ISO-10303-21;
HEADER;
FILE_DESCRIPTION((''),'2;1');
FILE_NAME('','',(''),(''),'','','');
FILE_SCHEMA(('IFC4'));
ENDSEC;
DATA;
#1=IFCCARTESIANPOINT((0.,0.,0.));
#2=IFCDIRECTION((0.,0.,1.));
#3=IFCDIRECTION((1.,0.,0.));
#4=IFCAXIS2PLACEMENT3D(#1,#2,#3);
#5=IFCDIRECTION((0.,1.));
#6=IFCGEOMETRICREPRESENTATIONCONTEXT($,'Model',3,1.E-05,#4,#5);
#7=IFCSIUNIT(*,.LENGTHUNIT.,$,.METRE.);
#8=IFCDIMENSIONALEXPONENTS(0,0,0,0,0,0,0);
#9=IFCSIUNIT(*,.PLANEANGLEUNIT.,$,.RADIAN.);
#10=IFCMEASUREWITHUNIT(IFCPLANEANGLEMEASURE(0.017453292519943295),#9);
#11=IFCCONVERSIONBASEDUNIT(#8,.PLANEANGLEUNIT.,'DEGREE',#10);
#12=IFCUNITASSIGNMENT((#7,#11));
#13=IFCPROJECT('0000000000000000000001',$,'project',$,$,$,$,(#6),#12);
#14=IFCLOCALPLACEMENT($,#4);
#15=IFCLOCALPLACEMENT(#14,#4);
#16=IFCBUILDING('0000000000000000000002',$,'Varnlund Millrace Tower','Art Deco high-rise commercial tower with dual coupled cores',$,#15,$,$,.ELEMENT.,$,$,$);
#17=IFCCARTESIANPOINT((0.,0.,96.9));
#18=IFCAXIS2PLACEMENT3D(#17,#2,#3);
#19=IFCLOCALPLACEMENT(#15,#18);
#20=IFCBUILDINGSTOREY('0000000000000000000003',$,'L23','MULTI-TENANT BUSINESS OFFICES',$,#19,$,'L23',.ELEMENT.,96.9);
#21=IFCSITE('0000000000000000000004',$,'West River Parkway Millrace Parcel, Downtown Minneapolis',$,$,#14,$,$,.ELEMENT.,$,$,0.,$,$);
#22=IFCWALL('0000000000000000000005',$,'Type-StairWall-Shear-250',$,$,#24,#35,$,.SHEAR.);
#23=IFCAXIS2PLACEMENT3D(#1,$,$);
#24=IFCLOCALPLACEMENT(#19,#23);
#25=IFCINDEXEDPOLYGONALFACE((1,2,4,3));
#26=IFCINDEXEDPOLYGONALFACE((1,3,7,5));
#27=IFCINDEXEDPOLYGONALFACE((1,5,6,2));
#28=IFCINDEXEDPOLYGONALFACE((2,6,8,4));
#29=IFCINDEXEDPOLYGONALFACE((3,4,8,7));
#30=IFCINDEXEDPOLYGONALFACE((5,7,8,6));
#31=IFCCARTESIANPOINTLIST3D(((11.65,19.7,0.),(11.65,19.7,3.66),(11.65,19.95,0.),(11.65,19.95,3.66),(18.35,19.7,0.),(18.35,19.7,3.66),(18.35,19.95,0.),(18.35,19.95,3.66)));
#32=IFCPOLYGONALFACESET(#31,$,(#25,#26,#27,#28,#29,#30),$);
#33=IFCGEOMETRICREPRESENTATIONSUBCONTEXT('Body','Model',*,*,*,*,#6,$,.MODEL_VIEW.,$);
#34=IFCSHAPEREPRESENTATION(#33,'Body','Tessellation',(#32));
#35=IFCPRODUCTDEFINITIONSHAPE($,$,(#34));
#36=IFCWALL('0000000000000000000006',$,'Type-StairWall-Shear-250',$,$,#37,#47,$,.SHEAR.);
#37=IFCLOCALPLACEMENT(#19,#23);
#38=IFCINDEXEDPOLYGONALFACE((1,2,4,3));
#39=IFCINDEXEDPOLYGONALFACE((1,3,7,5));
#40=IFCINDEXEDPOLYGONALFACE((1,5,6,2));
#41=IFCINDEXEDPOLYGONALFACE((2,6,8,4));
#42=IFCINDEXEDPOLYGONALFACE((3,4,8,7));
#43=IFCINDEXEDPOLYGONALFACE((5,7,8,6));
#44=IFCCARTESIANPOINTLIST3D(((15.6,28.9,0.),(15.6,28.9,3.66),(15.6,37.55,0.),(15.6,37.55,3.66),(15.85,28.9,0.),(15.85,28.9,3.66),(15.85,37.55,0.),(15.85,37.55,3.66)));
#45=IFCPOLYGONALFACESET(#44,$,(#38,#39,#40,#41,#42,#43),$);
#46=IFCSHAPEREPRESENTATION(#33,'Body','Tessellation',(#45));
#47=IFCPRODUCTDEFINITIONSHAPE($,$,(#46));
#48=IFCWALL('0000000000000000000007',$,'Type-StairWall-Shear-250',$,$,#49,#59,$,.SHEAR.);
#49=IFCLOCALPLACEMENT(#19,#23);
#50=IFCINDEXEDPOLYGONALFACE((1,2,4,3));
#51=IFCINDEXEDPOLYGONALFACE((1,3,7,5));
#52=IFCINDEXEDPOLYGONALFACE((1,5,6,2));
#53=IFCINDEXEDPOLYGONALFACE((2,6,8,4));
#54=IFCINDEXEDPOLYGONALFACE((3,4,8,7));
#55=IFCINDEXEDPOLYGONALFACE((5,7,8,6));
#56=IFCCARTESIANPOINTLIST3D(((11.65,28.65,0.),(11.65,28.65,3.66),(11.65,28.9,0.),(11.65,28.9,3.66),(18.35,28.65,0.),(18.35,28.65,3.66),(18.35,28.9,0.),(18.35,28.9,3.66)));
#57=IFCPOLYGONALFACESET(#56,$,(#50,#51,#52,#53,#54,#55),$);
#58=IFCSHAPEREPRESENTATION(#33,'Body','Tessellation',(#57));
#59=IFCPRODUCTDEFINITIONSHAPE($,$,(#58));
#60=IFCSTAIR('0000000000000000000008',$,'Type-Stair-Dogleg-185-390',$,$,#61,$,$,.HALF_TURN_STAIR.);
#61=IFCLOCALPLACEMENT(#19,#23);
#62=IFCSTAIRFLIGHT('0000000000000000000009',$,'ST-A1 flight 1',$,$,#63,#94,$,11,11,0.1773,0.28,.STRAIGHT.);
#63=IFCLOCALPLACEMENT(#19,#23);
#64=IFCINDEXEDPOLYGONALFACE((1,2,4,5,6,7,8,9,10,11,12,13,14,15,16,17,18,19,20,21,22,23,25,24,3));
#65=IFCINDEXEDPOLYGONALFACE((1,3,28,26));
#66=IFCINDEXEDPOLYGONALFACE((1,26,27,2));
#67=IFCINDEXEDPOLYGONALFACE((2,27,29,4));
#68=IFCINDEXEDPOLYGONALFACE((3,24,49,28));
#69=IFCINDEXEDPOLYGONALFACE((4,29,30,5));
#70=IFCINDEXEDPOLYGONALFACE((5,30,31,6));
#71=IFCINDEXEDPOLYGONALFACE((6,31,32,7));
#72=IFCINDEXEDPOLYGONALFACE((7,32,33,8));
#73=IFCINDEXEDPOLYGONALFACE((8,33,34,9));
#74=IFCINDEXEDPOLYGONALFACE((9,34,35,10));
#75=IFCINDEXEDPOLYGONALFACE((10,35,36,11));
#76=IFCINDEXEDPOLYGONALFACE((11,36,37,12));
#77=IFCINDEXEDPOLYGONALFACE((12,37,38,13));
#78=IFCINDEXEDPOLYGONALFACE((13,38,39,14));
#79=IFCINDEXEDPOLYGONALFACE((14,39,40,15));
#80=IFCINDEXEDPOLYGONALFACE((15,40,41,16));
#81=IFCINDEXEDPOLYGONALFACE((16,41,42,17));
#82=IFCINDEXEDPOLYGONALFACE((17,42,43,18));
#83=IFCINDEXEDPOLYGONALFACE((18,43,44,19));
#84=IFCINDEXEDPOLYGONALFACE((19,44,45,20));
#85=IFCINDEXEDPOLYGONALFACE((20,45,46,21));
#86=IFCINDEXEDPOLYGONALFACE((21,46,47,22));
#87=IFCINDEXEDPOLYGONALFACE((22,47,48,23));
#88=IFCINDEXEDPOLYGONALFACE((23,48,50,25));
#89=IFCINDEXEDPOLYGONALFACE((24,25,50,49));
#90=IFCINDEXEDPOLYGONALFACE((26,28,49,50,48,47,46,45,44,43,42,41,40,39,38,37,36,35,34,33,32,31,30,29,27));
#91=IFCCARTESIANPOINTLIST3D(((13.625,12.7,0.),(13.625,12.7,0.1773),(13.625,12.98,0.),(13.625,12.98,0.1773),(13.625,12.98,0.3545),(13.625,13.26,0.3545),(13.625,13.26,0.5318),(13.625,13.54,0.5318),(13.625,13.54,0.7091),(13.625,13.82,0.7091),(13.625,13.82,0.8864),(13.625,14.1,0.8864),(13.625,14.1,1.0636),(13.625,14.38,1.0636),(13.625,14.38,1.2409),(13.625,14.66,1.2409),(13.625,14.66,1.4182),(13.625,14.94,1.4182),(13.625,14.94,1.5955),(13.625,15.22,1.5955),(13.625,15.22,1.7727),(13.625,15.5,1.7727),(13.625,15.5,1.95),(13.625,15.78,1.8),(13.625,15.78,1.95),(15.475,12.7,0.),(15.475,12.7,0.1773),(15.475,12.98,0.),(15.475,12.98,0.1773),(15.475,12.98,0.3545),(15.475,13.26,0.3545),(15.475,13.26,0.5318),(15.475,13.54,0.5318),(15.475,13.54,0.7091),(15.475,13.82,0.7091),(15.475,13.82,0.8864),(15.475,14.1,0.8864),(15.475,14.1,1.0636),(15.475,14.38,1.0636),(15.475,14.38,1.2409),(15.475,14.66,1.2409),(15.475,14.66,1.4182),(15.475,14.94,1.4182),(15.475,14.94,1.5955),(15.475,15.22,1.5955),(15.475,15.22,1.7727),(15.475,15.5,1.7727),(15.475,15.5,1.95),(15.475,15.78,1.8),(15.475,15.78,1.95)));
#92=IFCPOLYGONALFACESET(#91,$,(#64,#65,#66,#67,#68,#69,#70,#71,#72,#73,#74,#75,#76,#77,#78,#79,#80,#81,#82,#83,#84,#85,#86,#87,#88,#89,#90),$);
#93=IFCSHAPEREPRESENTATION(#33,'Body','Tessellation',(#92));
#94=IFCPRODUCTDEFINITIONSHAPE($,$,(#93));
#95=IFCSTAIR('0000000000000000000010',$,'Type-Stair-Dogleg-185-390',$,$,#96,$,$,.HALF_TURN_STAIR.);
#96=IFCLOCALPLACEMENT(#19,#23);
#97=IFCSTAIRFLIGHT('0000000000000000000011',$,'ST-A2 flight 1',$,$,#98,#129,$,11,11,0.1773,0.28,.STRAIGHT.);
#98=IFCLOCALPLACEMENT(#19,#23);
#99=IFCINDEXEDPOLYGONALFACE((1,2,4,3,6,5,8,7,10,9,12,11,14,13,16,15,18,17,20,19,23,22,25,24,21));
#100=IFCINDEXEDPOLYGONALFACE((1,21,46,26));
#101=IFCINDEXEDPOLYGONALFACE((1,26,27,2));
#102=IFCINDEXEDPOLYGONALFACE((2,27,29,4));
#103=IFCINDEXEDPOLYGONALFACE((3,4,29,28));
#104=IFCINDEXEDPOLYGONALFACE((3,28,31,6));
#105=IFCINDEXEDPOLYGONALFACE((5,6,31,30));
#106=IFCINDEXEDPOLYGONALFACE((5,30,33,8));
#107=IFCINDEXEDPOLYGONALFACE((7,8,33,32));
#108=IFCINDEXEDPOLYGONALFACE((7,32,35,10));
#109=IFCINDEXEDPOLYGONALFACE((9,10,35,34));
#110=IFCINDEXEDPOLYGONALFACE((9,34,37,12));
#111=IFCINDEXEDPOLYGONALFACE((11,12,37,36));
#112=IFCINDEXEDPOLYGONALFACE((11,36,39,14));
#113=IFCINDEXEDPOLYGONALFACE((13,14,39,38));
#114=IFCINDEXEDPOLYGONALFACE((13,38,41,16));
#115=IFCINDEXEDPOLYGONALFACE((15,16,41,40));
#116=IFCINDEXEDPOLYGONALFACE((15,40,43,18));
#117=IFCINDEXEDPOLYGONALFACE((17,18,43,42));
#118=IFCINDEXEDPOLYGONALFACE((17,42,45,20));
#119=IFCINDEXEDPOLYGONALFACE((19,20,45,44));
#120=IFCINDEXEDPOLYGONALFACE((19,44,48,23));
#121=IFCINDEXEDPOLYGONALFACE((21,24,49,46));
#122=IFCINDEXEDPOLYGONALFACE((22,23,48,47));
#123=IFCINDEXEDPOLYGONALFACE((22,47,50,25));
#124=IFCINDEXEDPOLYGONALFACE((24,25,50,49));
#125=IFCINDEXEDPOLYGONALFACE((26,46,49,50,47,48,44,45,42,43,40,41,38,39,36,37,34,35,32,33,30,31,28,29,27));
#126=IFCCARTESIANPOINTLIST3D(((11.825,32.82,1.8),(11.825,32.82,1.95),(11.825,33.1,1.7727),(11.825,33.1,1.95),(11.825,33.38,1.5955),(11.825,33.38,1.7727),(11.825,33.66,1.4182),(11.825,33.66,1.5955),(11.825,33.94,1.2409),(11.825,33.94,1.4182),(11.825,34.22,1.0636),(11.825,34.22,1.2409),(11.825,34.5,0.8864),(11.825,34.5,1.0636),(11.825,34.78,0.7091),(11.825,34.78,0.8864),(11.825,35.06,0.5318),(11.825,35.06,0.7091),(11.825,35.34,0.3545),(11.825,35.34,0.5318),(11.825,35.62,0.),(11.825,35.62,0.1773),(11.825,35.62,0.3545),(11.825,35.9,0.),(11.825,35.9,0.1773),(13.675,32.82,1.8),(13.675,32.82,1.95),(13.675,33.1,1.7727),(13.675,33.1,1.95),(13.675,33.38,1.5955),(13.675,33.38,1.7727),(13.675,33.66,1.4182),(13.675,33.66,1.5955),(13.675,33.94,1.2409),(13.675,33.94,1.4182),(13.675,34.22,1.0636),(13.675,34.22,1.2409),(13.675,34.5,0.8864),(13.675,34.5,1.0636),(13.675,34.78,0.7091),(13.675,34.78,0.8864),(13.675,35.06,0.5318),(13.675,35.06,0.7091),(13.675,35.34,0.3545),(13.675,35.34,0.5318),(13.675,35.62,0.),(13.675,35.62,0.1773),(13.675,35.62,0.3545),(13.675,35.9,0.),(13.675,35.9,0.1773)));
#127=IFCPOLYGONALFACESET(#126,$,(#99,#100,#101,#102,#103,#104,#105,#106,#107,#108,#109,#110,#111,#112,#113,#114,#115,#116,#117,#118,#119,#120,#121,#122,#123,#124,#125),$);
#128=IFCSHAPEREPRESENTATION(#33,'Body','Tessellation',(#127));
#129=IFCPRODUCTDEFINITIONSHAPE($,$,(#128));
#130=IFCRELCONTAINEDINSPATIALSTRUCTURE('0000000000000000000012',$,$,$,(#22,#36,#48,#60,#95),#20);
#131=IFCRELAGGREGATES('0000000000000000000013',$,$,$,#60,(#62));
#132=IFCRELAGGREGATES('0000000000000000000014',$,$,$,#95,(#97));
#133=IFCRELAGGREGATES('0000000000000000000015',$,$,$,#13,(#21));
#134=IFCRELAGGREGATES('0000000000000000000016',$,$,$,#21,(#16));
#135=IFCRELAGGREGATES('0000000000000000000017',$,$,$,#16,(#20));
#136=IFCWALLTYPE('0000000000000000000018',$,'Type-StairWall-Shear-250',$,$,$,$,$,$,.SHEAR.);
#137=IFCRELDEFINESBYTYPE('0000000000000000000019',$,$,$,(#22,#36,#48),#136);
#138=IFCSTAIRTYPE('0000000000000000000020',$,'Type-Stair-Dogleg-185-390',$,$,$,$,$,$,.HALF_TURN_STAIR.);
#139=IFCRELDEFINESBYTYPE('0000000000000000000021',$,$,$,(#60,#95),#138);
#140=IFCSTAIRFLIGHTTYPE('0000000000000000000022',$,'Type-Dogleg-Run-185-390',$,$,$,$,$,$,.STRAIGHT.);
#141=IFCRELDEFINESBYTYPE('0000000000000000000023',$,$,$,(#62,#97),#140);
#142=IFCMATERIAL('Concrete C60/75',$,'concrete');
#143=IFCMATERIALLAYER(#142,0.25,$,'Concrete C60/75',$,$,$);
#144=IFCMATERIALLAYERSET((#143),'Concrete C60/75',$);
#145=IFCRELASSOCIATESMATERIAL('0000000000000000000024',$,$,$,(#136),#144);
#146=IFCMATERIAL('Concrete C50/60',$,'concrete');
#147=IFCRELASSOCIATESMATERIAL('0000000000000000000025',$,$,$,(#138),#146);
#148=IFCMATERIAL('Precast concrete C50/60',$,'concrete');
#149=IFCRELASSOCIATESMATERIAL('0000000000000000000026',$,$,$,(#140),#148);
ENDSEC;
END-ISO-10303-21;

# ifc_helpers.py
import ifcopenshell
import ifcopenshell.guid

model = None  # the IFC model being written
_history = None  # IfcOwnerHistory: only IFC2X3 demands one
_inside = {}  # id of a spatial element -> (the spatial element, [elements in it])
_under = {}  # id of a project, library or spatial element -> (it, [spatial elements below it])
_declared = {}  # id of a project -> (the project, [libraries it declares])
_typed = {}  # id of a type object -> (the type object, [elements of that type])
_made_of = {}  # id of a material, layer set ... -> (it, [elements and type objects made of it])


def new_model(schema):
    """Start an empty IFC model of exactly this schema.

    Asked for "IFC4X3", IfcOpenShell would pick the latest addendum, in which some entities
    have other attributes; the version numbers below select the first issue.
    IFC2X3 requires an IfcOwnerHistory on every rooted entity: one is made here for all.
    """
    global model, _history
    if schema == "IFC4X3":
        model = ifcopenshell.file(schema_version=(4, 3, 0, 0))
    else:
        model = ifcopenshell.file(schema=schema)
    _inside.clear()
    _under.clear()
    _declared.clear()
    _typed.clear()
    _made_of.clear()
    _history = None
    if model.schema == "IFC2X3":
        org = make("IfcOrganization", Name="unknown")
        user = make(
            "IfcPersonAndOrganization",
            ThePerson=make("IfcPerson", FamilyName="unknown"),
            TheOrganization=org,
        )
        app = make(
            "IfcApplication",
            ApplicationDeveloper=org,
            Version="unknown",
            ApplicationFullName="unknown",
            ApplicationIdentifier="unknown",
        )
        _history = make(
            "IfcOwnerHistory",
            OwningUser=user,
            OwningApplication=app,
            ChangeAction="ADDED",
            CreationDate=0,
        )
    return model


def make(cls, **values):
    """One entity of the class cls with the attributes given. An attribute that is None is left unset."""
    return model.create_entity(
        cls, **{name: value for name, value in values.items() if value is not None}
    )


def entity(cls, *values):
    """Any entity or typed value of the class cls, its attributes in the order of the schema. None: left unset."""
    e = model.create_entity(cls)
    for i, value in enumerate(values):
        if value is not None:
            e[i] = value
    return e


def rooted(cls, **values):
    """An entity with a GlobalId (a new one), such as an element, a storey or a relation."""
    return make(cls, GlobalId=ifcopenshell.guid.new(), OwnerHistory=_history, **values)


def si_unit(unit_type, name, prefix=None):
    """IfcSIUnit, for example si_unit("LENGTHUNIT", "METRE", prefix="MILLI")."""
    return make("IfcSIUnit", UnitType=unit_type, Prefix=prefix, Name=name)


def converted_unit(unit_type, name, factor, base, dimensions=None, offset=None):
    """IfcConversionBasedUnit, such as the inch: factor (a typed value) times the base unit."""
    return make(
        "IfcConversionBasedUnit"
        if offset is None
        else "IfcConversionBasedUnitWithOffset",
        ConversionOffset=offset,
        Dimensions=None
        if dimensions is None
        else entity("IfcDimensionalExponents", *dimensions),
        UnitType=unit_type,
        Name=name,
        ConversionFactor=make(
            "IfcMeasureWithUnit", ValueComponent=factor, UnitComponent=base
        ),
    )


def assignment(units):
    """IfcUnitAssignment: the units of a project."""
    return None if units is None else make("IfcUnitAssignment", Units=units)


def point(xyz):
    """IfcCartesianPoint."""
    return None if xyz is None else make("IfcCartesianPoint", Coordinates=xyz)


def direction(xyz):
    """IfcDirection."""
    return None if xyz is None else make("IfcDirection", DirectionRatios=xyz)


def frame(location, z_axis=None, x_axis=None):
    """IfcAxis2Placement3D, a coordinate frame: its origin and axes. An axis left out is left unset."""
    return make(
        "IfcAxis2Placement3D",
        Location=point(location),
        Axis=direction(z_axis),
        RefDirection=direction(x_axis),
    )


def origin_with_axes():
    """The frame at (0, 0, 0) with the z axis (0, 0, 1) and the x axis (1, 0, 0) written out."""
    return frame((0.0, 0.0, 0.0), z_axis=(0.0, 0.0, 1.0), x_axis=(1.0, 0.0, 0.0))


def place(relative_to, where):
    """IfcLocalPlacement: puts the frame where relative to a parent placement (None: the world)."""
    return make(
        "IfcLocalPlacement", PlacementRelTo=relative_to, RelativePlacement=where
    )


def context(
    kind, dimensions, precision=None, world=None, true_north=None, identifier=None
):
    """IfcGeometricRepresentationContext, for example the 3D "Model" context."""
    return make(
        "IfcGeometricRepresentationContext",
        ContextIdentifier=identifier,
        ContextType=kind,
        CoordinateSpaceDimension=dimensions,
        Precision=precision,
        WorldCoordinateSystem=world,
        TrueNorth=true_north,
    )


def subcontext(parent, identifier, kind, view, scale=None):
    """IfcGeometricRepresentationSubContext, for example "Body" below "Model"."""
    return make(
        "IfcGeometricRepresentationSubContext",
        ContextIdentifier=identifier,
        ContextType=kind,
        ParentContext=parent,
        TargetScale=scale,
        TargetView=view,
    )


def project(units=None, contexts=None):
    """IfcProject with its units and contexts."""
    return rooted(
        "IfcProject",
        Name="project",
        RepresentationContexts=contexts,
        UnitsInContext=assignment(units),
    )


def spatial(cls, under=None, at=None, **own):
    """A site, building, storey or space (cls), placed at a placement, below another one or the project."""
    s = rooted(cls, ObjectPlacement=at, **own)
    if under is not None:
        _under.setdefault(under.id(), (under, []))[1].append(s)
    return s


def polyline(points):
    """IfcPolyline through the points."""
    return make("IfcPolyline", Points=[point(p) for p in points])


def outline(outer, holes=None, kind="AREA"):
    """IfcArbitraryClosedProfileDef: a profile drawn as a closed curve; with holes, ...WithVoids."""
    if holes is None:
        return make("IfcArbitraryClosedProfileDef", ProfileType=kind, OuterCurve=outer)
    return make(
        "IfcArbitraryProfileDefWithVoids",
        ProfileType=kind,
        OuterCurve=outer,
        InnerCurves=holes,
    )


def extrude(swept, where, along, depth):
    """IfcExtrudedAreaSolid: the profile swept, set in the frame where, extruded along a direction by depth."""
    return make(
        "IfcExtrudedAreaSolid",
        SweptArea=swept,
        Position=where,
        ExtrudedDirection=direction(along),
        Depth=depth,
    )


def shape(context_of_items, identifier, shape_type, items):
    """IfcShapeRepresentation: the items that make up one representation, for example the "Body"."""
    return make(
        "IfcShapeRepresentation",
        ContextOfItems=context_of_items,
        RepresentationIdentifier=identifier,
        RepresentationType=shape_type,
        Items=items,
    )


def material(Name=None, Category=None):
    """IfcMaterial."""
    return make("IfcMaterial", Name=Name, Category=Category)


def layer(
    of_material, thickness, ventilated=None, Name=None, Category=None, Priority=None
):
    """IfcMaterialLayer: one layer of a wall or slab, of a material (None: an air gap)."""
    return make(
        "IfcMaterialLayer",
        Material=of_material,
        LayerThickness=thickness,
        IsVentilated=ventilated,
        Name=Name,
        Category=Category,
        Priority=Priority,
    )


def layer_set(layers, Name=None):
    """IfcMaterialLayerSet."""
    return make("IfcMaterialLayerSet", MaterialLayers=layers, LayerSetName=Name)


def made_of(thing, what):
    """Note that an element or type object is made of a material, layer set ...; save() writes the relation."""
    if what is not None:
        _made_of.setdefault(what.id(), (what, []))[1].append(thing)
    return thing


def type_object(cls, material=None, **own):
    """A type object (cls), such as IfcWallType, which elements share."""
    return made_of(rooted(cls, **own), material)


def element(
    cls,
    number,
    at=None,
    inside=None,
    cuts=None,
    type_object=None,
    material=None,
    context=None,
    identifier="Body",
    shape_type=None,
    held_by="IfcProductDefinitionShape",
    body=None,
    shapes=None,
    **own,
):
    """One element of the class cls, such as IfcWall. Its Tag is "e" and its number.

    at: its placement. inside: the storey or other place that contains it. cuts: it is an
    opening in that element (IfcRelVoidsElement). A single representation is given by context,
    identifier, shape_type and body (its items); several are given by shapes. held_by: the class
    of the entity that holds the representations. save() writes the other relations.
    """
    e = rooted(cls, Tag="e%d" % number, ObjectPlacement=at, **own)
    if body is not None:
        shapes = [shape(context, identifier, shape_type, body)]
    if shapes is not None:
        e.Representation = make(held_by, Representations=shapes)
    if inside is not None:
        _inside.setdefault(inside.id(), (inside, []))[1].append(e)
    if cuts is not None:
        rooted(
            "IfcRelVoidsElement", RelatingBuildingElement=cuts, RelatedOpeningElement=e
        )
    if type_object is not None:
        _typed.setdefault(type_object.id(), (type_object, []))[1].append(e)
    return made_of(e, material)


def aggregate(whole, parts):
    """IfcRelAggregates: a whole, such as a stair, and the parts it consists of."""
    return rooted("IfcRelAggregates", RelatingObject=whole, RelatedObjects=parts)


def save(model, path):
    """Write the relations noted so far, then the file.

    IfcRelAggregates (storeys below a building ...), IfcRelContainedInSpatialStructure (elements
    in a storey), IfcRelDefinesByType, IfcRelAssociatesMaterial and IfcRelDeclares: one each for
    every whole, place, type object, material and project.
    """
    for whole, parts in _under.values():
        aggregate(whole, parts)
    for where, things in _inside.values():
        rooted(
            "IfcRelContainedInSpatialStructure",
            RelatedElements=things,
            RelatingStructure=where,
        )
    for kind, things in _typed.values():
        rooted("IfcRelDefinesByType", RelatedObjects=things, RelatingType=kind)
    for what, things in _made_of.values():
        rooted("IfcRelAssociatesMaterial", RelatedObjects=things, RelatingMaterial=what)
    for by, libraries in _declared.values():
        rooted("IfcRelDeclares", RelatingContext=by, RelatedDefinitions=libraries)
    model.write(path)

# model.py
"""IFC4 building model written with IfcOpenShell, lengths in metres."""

from ifc_helpers import new_model, entity, si_unit, converted_unit, direction, frame, origin_with_axes, place, context, subcontext, project, spatial, polyline, outline, extrude, material, layer, layer_set, type_object, element, aggregate, save


model = new_model("IFC4")

# Units and contexts
model_context = context("Model", 3, precision=1e-05, world=origin_with_axes(), true_north=direction((0.0, 1.0)))
body_context = subcontext(model_context, "Body", "Model", "MODEL_VIEW")
ifc_project = project(units=[si_unit("LENGTHUNIT", "METRE"), converted_unit("PLANEANGLEUNIT", "DEGREE", entity("IfcPlaneAngleMeasure", 0.017453292519943295), si_unit("PLANEANGLEUNIT", "RADIAN"), dimensions=[0, 0, 0, 0, 0, 0, 0])], contexts=[model_context])

# Site, building, storey
site_placement = place(None, origin_with_axes())
site = spatial("IfcSite", under=ifc_project, at=site_placement, Name="West River Parkway Millrace Parcel, Downtown Minneapolis", CompositionType="ELEMENT", RefElevation=0.0)
building_placement = place(site_placement, origin_with_axes())
building = spatial("IfcBuilding", under=site, at=building_placement, Name="Varnlund Millrace Tower", Description="Art Deco high-rise commercial tower with dual coupled cores", CompositionType="ELEMENT")
storey_placement = place(building_placement, frame((0.0, 0.0, 96.9), z_axis=(0.0, 0.0, 1.0), x_axis=(1.0, 0.0, 0.0)))
storey = spatial("IfcBuildingStorey", under=building, at=storey_placement, Name="L23", Description="MULTI-TENANT BUSINESS OFFICES", LongName="L23", CompositionType="ELEMENT", Elevation=96.9)

# Shared definitions
ifc_material_1 = material(Name="Concrete C60/75", Category="concrete")
ifc_layer_1 = layer(ifc_material_1, 0.25, Name="Concrete C60/75")
ifc_layer_set_1 = layer_set([ifc_layer_1], Name="Concrete C60/75")

# Walls
wall_type_1 = type_object("IfcWallType", Name="Type-StairWall-Shear-250", PredefinedType="SHEAR", material=ifc_layer_set_1)
wall_1_placement = place(storey_placement, frame((11.65, 19.825, 0.0), z_axis=(0.0, 0.0, 1.0), x_axis=(1.0, 0.0, 0.0)))
element("IfcWall", 1, at=wall_1_placement, inside=storey, type_object=wall_type_1, Name="Type-StairWall-Shear-250", PredefinedType="SHEAR", context=body_context, shape_type="SweptSolid", body=[
    extrude(outline(polyline([(0.0, -0.125), (6.7, -0.125), (6.7, 0.125), (0.0, 0.125), (0.0, -0.125)])), origin_with_axes(), (0.0, 0.0, 1.0), 3.66),
])
wall_2_placement = place(storey_placement, frame((15.725, 28.9, 0.0), z_axis=(0.0, 0.0, 1.0), x_axis=(0.0, 1.0, 0.0)))
element("IfcWall", 2, at=wall_2_placement, inside=storey, type_object=wall_type_1, Name="Type-StairWall-Shear-250", PredefinedType="SHEAR", context=body_context, shape_type="SweptSolid", body=[
    extrude(outline(polyline([(0.0, -0.125), (8.65, -0.125), (8.65, 0.125), (0.0, 0.125), (0.0, -0.125)])), origin_with_axes(), (0.0, 0.0, 1.0), 3.66),
])
wall_3_placement = place(storey_placement, frame((11.65, 28.775, 0.0), z_axis=(0.0, 0.0, 1.0), x_axis=(1.0, 0.0, 0.0)))
element("IfcWall", 3, at=wall_3_placement, inside=storey, type_object=wall_type_1, Name="Type-StairWall-Shear-250", PredefinedType="SHEAR", context=body_context, shape_type="SweptSolid", body=[
    extrude(outline(polyline([(0.0, -0.125), (6.7, -0.125), (6.7, 0.125), (0.0, 0.125), (0.0, -0.125)])), origin_with_axes(), (0.0, 0.0, 1.0), 3.66),
])

# Stairs, stair flights
ifc_material_2 = material(Name="Concrete C50/60", Category="concrete")
stair_type = type_object("IfcStairType", Name="Type-Stair-Dogleg-185-390", PredefinedType="HALF_TURN_STAIR", material=ifc_material_2)
stair_1_placement = place(storey_placement, origin_with_axes())
stair_1 = element("IfcStair", 4, at=stair_1_placement, inside=storey, type_object=stair_type, Name="Type-Stair-Dogleg-185-390", PredefinedType="HALF_TURN_STAIR")
ifc_material_3 = material(Name="Precast concrete C50/60", Category="concrete")
stair_flight_type = type_object("IfcStairFlightType", Name="Type-Dogleg-Run-185-390", PredefinedType="STRAIGHT", material=ifc_material_3)
stair_flight_1_placement = place(storey_placement, frame((13.625, 12.7, 0.0), z_axis=(1.0, 0.0, 0.0), x_axis=(0.0, 1.0, 0.0)))
stair_flight_1 = element("IfcStairFlight", 5, at=stair_flight_1_placement, type_object=stair_flight_type, Name="ST-A1 flight 1", NumberOfRisers=11, NumberOfTreads=11, PredefinedType="STRAIGHT", RiserHeight=0.1773, TreadLength=0.28, context=body_context, shape_type="SweptSolid", body=[
    extrude(outline(polyline([(0.0, 0.0), (0.0, 0.1773), (0.28, 0.1773), (0.28, 0.3545), (0.56, 0.3545), (0.56, 0.5318), (0.84, 0.5318), (0.84, 0.7091), (1.12, 0.7091), (1.12, 0.8864), (1.4, 0.8864), (1.4, 1.0636), (1.68, 1.0636), (1.68, 1.2409), (1.96, 1.2409), (1.96, 1.4182), (2.24, 1.4182), (2.24, 1.5955), (2.52, 1.5955), (2.52, 1.7727), (2.8, 1.7727), (2.8, 1.95), (3.08, 1.95), (3.08, 1.8), (0.28, 0.0), (0.0, 0.0)])), origin_with_axes(), (0.0, 0.0, 1.0), 1.85),
])
aggregate(stair_1, [stair_flight_1])
stair_2_placement = place(storey_placement, origin_with_axes())
stair_2 = element("IfcStair", 6, at=stair_2_placement, inside=storey, type_object=stair_type, Name="Type-Stair-Dogleg-185-390", PredefinedType="HALF_TURN_STAIR")
stair_flight_2_placement = place(storey_placement, frame((13.675, 35.9, 0.0), z_axis=(-1.0, 0.0, 0.0), x_axis=(0.0, -1.0, 0.0)))
stair_flight_2 = element("IfcStairFlight", 7, at=stair_flight_2_placement, type_object=stair_flight_type, Name="ST-A2 flight 1", NumberOfRisers=11, NumberOfTreads=11, PredefinedType="STRAIGHT", RiserHeight=0.1773, TreadLength=0.28, context=body_context, shape_type="SweptSolid", body=[
    extrude(outline(polyline([(0.0, 0.0), (0.0, 0.1773), (0.28, 0.1773), (0.28, 0.3545), (0.56, 0.3545), (0.56, 0.5318), (0.84, 0.5318), (0.84, 0.7091), (1.12, 0.7091), (1.12, 0.8864), (1.4, 0.8864), (1.4, 1.0636), (1.68, 1.0636), (1.68, 1.2409), (1.96, 1.2409), (1.96, 1.4182), (2.24, 1.4182), (2.24, 1.5955), (2.52, 1.5955), (2.52, 1.7727), (2.8, 1.7727), (2.8, 1.95), (3.08, 1.95), (3.08, 1.8), (0.28, 0.0), (0.0, 0.0)])), origin_with_axes(), (0.0, 0.0, 1.0), 1.85),
])
aggregate(stair_2, [stair_flight_2])

save(model, "model.ifc")
